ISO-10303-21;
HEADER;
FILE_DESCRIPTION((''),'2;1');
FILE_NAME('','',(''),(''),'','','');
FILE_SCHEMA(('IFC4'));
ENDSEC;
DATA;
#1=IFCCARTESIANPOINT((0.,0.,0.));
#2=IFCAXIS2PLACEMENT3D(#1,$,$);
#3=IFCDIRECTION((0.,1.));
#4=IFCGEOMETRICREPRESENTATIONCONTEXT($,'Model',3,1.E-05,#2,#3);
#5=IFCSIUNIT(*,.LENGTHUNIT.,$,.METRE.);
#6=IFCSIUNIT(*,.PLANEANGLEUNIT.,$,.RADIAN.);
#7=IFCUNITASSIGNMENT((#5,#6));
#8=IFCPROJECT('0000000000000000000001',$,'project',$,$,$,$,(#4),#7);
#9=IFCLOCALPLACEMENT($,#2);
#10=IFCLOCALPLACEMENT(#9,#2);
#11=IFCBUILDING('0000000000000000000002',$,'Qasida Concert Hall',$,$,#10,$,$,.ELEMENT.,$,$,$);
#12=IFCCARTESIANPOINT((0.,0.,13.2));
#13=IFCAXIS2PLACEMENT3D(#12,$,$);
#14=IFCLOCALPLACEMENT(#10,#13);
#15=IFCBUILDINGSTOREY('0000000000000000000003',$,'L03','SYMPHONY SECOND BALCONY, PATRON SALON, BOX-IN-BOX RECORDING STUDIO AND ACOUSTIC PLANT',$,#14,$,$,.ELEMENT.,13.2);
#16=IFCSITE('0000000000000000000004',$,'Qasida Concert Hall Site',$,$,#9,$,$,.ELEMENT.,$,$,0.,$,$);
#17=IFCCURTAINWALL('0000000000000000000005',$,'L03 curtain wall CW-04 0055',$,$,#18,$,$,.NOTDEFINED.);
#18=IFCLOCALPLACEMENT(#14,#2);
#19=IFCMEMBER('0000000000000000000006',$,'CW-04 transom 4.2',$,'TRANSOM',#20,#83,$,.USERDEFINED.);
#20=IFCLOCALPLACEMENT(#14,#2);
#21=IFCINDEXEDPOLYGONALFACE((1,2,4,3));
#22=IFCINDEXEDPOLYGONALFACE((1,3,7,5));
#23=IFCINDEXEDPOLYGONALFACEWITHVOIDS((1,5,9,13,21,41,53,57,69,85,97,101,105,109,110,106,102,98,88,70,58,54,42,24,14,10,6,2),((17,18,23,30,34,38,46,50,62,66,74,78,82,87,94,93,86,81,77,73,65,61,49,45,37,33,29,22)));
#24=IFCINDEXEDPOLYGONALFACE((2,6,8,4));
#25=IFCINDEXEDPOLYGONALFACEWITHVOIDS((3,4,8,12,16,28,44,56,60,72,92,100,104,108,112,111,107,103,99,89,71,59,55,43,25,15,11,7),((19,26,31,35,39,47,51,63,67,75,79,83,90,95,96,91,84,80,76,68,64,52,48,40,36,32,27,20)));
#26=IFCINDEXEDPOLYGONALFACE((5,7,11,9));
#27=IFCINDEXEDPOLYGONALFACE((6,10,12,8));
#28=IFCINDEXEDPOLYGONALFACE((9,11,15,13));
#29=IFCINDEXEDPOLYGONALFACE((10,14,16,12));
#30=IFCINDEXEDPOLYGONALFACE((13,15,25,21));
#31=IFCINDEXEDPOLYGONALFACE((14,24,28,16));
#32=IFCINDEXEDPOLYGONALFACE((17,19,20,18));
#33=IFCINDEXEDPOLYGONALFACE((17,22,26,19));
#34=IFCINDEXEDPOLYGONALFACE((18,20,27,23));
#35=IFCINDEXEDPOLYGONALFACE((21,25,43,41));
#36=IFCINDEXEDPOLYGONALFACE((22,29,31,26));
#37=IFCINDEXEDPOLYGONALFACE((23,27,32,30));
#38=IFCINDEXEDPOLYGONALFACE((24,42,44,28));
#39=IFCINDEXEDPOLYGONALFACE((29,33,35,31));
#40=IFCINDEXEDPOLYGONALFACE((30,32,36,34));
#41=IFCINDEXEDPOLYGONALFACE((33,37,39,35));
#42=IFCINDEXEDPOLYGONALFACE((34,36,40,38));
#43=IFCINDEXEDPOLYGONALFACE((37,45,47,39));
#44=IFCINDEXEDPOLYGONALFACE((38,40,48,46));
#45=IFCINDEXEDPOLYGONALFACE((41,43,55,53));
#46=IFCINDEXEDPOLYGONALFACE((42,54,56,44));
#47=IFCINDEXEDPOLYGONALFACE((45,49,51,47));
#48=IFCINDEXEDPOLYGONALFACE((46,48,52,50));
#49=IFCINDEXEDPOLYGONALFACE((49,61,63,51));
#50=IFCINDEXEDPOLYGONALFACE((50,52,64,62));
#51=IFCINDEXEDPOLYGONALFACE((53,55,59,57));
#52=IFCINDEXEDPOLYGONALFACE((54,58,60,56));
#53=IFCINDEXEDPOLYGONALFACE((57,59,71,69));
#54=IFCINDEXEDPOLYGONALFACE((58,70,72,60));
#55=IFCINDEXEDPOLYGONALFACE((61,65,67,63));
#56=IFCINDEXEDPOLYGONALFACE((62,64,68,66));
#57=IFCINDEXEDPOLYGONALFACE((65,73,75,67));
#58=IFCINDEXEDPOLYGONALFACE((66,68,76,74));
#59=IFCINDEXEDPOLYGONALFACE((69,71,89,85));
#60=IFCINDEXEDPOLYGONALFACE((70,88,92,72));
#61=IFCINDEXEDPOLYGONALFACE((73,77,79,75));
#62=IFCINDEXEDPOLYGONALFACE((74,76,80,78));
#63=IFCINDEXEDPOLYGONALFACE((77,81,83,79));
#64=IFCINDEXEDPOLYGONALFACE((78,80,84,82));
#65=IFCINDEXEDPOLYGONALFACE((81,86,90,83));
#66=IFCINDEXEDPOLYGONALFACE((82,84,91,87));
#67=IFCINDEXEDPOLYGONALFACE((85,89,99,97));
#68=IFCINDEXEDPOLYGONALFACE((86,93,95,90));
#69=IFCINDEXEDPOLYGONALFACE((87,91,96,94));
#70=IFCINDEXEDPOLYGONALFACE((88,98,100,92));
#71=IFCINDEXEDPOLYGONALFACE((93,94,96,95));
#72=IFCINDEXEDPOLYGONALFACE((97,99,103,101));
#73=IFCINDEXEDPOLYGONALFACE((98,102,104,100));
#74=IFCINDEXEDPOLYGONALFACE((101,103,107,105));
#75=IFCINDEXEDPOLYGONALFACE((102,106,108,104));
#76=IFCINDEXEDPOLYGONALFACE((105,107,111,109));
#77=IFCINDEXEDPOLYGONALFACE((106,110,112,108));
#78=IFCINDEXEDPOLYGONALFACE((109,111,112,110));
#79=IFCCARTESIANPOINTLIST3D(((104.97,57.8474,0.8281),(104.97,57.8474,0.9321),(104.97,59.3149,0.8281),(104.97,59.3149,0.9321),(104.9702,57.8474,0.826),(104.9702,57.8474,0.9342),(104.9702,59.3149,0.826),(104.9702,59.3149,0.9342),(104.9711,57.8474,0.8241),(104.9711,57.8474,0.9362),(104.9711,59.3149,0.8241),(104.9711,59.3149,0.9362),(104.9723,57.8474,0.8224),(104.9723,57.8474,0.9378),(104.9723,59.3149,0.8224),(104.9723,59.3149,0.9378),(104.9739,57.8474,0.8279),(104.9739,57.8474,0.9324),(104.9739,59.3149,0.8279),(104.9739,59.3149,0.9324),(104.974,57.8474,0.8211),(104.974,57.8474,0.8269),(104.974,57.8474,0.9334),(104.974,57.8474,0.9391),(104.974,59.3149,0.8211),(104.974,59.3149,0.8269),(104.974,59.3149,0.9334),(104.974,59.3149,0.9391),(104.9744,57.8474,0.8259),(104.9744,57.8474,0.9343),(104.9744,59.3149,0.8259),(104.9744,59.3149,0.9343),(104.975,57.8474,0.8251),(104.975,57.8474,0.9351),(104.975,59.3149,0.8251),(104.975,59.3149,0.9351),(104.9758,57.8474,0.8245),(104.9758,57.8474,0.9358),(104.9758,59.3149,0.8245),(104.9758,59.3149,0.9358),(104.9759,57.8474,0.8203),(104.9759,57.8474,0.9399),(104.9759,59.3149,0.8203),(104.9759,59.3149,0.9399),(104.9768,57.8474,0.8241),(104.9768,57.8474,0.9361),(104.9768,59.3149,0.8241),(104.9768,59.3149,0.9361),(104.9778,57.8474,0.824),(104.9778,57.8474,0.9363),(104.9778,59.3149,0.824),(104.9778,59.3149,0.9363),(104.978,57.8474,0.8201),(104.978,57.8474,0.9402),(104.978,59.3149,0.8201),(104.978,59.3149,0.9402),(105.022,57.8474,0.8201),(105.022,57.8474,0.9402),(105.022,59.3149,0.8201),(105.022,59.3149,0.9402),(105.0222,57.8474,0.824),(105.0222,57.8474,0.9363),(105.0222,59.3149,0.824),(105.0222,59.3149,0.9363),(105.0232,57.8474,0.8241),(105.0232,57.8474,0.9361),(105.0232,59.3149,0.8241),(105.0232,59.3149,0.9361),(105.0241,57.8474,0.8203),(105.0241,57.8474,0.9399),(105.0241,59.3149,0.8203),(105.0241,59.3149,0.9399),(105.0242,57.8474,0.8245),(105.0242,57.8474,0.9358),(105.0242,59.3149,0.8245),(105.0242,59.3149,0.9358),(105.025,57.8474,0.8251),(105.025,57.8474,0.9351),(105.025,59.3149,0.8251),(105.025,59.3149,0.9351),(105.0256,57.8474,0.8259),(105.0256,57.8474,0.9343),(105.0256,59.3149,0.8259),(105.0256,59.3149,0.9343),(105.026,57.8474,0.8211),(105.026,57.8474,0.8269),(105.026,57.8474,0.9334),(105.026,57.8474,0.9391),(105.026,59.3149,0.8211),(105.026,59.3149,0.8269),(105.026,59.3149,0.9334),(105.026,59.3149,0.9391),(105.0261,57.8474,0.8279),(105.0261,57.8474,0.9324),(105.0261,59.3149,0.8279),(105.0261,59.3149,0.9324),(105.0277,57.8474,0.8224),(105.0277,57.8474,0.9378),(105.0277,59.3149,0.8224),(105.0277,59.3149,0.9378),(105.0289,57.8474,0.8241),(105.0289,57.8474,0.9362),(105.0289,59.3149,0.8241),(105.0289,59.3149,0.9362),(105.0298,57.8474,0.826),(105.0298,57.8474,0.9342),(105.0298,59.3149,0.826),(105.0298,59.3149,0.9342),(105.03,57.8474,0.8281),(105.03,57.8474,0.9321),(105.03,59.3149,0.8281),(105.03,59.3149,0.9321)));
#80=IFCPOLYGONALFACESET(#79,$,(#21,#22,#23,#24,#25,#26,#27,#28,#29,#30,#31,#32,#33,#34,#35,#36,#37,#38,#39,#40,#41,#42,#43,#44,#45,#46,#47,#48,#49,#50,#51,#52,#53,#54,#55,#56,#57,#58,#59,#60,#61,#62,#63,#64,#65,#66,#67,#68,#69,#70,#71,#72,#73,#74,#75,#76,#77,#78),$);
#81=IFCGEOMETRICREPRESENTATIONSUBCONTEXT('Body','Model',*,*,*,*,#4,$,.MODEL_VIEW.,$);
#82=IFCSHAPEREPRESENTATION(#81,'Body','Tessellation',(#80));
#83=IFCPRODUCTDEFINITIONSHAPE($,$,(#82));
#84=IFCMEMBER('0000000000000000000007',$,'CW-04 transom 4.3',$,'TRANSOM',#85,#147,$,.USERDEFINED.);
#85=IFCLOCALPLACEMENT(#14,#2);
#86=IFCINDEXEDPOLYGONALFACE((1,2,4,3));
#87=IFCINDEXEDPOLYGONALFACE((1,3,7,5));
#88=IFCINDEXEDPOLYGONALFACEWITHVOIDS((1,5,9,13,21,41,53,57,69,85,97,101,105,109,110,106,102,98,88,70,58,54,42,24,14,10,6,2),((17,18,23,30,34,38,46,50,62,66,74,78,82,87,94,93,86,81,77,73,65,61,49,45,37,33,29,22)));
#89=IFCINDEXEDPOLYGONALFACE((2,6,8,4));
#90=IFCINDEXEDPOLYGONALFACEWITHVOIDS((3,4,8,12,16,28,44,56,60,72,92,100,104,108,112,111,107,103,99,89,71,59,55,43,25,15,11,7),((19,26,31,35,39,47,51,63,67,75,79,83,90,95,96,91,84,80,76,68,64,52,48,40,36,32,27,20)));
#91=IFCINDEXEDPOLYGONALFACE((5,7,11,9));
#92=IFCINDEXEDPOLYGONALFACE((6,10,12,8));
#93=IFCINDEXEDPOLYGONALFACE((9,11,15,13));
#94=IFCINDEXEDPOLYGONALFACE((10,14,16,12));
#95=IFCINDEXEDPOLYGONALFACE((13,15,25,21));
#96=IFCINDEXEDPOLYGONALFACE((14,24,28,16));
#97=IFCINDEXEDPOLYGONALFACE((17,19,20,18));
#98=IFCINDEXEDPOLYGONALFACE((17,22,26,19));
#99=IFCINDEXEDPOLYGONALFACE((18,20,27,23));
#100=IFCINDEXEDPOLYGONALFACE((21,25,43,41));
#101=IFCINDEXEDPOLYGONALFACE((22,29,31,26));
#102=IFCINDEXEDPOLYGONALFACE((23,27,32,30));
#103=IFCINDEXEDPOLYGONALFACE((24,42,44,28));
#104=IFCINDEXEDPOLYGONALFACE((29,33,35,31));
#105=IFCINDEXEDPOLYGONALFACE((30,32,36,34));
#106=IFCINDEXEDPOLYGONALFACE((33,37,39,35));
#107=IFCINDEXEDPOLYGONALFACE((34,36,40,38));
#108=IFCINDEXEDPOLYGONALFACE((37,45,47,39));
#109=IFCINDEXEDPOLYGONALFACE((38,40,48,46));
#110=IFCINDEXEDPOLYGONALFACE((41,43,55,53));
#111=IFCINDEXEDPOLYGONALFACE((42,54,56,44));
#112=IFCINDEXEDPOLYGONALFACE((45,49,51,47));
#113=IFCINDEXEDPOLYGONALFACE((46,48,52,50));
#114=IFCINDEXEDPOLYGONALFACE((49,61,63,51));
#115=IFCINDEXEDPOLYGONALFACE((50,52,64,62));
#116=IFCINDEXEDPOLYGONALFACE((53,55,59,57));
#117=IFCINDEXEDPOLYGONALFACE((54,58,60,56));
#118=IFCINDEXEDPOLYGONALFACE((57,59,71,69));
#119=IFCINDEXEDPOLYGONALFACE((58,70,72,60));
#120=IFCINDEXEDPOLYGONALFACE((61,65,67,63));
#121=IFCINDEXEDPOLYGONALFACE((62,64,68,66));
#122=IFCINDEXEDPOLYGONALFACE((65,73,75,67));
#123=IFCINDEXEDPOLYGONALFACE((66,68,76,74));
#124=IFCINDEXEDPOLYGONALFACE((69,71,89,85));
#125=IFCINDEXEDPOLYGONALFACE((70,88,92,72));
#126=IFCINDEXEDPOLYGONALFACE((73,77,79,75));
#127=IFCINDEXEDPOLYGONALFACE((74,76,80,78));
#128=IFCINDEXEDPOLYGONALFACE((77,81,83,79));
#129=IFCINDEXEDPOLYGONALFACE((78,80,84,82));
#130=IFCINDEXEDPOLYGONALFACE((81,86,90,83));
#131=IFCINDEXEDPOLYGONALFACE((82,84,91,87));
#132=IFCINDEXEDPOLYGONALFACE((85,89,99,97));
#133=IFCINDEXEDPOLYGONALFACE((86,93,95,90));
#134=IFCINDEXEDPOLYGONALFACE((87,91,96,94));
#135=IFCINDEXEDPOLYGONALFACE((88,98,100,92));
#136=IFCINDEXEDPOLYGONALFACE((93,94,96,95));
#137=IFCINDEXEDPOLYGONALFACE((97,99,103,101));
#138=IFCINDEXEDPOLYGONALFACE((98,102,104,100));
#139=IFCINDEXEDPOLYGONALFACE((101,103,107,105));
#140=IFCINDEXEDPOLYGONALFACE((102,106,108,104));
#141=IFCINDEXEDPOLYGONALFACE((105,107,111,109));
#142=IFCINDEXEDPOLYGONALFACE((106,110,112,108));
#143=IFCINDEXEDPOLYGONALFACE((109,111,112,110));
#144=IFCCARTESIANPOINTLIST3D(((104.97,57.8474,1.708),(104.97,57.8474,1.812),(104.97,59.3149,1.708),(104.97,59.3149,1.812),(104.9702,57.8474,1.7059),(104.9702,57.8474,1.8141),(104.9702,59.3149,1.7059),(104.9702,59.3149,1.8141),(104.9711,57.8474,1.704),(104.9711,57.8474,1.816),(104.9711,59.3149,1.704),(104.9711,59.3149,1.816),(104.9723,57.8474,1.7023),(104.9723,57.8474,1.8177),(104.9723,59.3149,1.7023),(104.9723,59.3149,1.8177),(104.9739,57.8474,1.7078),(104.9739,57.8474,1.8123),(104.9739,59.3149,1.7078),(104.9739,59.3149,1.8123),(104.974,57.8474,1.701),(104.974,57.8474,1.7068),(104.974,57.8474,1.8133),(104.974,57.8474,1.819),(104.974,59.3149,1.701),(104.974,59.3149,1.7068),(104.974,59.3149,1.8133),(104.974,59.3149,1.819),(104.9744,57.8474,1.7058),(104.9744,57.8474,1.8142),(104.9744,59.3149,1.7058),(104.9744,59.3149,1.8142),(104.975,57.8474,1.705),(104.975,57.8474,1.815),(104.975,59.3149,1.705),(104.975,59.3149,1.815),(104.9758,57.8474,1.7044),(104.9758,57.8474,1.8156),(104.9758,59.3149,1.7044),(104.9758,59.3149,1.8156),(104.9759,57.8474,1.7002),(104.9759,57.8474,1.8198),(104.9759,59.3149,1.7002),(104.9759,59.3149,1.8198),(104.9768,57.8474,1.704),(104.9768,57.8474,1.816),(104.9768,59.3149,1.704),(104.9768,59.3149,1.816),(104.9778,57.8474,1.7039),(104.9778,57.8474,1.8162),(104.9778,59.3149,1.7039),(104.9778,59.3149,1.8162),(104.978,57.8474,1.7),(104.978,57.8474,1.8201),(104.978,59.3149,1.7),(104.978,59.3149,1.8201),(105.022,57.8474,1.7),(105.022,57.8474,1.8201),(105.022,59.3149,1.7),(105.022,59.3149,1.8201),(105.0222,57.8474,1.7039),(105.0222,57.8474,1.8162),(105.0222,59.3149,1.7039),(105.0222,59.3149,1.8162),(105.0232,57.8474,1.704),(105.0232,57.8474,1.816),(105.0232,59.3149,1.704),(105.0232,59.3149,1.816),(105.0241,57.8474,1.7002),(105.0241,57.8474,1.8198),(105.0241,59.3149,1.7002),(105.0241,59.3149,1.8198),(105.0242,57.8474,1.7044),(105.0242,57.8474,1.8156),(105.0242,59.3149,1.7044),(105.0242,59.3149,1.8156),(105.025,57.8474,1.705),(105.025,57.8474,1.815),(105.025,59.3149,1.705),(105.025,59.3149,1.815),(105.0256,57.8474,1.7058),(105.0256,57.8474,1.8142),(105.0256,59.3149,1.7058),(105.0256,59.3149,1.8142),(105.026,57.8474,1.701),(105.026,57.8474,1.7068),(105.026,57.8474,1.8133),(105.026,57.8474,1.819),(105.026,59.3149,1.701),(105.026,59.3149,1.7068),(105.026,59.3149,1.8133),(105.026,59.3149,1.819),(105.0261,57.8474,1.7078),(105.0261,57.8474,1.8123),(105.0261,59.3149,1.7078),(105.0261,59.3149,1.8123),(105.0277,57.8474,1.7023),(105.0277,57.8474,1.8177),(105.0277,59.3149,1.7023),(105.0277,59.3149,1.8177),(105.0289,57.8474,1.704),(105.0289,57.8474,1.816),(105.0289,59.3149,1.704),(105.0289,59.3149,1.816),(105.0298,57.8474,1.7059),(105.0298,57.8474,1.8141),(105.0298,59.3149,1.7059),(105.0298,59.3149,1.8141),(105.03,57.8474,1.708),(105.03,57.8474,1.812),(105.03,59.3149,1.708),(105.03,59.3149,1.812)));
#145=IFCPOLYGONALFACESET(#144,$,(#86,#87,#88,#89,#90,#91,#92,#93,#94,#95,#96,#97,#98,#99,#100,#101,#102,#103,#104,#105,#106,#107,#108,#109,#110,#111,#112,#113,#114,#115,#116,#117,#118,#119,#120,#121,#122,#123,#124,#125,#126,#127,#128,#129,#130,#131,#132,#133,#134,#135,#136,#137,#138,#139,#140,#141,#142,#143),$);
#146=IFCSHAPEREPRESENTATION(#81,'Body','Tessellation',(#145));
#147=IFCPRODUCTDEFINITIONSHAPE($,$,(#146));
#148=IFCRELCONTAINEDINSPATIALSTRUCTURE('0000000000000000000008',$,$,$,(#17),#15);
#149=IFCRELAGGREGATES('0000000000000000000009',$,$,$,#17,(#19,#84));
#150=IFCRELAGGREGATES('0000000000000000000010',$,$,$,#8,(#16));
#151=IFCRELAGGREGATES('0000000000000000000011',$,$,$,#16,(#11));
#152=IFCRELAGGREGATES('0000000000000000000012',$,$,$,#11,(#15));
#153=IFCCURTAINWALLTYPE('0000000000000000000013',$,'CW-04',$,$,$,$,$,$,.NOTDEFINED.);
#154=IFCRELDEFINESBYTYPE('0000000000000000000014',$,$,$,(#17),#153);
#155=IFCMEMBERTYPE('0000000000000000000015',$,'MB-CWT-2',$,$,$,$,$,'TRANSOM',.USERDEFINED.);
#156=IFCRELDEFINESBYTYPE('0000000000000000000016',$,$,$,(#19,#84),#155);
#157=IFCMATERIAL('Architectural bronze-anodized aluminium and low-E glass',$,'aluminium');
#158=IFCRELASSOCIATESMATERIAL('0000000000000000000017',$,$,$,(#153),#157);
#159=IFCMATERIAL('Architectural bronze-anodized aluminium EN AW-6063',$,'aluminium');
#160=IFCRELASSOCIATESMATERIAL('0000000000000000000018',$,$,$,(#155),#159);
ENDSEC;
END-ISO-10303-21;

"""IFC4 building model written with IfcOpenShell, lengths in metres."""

from ifc_helpers import new_model, si_unit, direction, frame, origin, origin_2d, place, context, subcontext, project, spatial, hollow_rectangle, extrude, material, material_profile, profile_set, type_object, element, aggregate, save


model = new_model("IFC4")

# Units and contexts
model_context = context("Model", 3, precision=1e-05, world=origin(), true_north=direction((0.0, 1.0)))
body_context = subcontext(model_context, "Body", "Model", "MODEL_VIEW")
ifc_project = project(units=[si_unit("LENGTHUNIT", "METRE"), si_unit("PLANEANGLEUNIT", "RADIAN")], contexts=[model_context])

# Site, building, storey
site_placement = place(None, origin())
site = spatial("IfcSite", under=ifc_project, at=site_placement, Name="Qasida Concert Hall Site", CompositionType="ELEMENT", RefElevation=0.0)
building_placement = place(site_placement, origin())
building = spatial("IfcBuilding", under=site, at=building_placement, Name="Qasida Concert Hall", CompositionType="ELEMENT")
storey_placement = place(building_placement, frame((0.0, 0.0, 13.2)))
storey = spatial("IfcBuildingStorey", under=building, at=storey_placement, Name="L03", Description="SYMPHONY SECOND BALCONY, PATRON SALON, BOX-IN-BOX RECORDING STUDIO AND ACOUSTIC PLANT", CompositionType="ELEMENT", Elevation=13.2)

# Curtain wall, members
ifc_material_1 = material(Name="Architectural bronze-anodized aluminium and low-E glass", Category="aluminium")
curtain_wall_type = type_object("IfcCurtainWallType", Name="CW-04", PredefinedType="NOTDEFINED", material=ifc_material_1)
curtain_wall_placement = place(storey_placement, origin())
curtain_wall = element("IfcCurtainWall", 1, at=curtain_wall_placement, inside=storey, type_object=curtain_wall_type, Name="L03 curtain wall CW-04 0055", PredefinedType="NOTDEFINED")
ifc_material_2 = material(Name="Architectural bronze-anodized aluminium EN AW-6063", Category="aluminium")
ifc_material_profile_1 = material_profile(ifc_material_2, hollow_rectangle(XDim=0.0601, YDim=0.1201, WallThickness=0.0039, InnerFilletRadius=0.0039, OuterFilletRadius=0.0081, at=origin_2d()), Name="CWT 120x60x4")
ifc_profile_set_1 = profile_set([ifc_material_profile_1], Name="Architectural bronze-anodized aluminium EN AW-6063")
member_type_1 = type_object("IfcMemberType", Name="MB-CWT-2", ElementType="TRANSOM", PredefinedType="USERDEFINED", material=ifc_profile_set_1)
member_1_placement = place(storey_placement, frame((105.0, 57.8474, 0.8801), z_axis=(0.0, 1.0, 0.0), x_axis=(-1.0, 0.0, 0.0)))
member_1 = element("IfcMember", 2, at=member_1_placement, type_object=member_type_1, Name="CW-04 transom 4.2", ObjectType="TRANSOM", PredefinedType="USERDEFINED", context=body_context, shape_type="SweptSolid", body=[
    extrude(hollow_rectangle(XDim=0.0601, YDim=0.1201, WallThickness=0.0039, InnerFilletRadius=0.0039, OuterFilletRadius=0.0081, at=origin_2d()), origin(), (0.0, 0.0, 1.0), 1.4675),
])
member_2_placement = place(storey_placement, frame((105.0, 57.8474, 1.76), z_axis=(0.0, 1.0, 0.0), x_axis=(-1.0, 0.0, 0.0)))
member_2 = element("IfcMember", 3, at=member_2_placement, type_object=member_type_1, Name="CW-04 transom 4.3", ObjectType="TRANSOM", PredefinedType="USERDEFINED", context=body_context, shape_type="SweptSolid", body=[
    extrude(hollow_rectangle(XDim=0.0601, YDim=0.1201, WallThickness=0.0039, InnerFilletRadius=0.0039, OuterFilletRadius=0.0081, at=origin_2d()), origin(), (0.0, 0.0, 1.0), 1.4675),
])
aggregate(curtain_wall, [member_1, member_2])

save(model, "model.ifc")
